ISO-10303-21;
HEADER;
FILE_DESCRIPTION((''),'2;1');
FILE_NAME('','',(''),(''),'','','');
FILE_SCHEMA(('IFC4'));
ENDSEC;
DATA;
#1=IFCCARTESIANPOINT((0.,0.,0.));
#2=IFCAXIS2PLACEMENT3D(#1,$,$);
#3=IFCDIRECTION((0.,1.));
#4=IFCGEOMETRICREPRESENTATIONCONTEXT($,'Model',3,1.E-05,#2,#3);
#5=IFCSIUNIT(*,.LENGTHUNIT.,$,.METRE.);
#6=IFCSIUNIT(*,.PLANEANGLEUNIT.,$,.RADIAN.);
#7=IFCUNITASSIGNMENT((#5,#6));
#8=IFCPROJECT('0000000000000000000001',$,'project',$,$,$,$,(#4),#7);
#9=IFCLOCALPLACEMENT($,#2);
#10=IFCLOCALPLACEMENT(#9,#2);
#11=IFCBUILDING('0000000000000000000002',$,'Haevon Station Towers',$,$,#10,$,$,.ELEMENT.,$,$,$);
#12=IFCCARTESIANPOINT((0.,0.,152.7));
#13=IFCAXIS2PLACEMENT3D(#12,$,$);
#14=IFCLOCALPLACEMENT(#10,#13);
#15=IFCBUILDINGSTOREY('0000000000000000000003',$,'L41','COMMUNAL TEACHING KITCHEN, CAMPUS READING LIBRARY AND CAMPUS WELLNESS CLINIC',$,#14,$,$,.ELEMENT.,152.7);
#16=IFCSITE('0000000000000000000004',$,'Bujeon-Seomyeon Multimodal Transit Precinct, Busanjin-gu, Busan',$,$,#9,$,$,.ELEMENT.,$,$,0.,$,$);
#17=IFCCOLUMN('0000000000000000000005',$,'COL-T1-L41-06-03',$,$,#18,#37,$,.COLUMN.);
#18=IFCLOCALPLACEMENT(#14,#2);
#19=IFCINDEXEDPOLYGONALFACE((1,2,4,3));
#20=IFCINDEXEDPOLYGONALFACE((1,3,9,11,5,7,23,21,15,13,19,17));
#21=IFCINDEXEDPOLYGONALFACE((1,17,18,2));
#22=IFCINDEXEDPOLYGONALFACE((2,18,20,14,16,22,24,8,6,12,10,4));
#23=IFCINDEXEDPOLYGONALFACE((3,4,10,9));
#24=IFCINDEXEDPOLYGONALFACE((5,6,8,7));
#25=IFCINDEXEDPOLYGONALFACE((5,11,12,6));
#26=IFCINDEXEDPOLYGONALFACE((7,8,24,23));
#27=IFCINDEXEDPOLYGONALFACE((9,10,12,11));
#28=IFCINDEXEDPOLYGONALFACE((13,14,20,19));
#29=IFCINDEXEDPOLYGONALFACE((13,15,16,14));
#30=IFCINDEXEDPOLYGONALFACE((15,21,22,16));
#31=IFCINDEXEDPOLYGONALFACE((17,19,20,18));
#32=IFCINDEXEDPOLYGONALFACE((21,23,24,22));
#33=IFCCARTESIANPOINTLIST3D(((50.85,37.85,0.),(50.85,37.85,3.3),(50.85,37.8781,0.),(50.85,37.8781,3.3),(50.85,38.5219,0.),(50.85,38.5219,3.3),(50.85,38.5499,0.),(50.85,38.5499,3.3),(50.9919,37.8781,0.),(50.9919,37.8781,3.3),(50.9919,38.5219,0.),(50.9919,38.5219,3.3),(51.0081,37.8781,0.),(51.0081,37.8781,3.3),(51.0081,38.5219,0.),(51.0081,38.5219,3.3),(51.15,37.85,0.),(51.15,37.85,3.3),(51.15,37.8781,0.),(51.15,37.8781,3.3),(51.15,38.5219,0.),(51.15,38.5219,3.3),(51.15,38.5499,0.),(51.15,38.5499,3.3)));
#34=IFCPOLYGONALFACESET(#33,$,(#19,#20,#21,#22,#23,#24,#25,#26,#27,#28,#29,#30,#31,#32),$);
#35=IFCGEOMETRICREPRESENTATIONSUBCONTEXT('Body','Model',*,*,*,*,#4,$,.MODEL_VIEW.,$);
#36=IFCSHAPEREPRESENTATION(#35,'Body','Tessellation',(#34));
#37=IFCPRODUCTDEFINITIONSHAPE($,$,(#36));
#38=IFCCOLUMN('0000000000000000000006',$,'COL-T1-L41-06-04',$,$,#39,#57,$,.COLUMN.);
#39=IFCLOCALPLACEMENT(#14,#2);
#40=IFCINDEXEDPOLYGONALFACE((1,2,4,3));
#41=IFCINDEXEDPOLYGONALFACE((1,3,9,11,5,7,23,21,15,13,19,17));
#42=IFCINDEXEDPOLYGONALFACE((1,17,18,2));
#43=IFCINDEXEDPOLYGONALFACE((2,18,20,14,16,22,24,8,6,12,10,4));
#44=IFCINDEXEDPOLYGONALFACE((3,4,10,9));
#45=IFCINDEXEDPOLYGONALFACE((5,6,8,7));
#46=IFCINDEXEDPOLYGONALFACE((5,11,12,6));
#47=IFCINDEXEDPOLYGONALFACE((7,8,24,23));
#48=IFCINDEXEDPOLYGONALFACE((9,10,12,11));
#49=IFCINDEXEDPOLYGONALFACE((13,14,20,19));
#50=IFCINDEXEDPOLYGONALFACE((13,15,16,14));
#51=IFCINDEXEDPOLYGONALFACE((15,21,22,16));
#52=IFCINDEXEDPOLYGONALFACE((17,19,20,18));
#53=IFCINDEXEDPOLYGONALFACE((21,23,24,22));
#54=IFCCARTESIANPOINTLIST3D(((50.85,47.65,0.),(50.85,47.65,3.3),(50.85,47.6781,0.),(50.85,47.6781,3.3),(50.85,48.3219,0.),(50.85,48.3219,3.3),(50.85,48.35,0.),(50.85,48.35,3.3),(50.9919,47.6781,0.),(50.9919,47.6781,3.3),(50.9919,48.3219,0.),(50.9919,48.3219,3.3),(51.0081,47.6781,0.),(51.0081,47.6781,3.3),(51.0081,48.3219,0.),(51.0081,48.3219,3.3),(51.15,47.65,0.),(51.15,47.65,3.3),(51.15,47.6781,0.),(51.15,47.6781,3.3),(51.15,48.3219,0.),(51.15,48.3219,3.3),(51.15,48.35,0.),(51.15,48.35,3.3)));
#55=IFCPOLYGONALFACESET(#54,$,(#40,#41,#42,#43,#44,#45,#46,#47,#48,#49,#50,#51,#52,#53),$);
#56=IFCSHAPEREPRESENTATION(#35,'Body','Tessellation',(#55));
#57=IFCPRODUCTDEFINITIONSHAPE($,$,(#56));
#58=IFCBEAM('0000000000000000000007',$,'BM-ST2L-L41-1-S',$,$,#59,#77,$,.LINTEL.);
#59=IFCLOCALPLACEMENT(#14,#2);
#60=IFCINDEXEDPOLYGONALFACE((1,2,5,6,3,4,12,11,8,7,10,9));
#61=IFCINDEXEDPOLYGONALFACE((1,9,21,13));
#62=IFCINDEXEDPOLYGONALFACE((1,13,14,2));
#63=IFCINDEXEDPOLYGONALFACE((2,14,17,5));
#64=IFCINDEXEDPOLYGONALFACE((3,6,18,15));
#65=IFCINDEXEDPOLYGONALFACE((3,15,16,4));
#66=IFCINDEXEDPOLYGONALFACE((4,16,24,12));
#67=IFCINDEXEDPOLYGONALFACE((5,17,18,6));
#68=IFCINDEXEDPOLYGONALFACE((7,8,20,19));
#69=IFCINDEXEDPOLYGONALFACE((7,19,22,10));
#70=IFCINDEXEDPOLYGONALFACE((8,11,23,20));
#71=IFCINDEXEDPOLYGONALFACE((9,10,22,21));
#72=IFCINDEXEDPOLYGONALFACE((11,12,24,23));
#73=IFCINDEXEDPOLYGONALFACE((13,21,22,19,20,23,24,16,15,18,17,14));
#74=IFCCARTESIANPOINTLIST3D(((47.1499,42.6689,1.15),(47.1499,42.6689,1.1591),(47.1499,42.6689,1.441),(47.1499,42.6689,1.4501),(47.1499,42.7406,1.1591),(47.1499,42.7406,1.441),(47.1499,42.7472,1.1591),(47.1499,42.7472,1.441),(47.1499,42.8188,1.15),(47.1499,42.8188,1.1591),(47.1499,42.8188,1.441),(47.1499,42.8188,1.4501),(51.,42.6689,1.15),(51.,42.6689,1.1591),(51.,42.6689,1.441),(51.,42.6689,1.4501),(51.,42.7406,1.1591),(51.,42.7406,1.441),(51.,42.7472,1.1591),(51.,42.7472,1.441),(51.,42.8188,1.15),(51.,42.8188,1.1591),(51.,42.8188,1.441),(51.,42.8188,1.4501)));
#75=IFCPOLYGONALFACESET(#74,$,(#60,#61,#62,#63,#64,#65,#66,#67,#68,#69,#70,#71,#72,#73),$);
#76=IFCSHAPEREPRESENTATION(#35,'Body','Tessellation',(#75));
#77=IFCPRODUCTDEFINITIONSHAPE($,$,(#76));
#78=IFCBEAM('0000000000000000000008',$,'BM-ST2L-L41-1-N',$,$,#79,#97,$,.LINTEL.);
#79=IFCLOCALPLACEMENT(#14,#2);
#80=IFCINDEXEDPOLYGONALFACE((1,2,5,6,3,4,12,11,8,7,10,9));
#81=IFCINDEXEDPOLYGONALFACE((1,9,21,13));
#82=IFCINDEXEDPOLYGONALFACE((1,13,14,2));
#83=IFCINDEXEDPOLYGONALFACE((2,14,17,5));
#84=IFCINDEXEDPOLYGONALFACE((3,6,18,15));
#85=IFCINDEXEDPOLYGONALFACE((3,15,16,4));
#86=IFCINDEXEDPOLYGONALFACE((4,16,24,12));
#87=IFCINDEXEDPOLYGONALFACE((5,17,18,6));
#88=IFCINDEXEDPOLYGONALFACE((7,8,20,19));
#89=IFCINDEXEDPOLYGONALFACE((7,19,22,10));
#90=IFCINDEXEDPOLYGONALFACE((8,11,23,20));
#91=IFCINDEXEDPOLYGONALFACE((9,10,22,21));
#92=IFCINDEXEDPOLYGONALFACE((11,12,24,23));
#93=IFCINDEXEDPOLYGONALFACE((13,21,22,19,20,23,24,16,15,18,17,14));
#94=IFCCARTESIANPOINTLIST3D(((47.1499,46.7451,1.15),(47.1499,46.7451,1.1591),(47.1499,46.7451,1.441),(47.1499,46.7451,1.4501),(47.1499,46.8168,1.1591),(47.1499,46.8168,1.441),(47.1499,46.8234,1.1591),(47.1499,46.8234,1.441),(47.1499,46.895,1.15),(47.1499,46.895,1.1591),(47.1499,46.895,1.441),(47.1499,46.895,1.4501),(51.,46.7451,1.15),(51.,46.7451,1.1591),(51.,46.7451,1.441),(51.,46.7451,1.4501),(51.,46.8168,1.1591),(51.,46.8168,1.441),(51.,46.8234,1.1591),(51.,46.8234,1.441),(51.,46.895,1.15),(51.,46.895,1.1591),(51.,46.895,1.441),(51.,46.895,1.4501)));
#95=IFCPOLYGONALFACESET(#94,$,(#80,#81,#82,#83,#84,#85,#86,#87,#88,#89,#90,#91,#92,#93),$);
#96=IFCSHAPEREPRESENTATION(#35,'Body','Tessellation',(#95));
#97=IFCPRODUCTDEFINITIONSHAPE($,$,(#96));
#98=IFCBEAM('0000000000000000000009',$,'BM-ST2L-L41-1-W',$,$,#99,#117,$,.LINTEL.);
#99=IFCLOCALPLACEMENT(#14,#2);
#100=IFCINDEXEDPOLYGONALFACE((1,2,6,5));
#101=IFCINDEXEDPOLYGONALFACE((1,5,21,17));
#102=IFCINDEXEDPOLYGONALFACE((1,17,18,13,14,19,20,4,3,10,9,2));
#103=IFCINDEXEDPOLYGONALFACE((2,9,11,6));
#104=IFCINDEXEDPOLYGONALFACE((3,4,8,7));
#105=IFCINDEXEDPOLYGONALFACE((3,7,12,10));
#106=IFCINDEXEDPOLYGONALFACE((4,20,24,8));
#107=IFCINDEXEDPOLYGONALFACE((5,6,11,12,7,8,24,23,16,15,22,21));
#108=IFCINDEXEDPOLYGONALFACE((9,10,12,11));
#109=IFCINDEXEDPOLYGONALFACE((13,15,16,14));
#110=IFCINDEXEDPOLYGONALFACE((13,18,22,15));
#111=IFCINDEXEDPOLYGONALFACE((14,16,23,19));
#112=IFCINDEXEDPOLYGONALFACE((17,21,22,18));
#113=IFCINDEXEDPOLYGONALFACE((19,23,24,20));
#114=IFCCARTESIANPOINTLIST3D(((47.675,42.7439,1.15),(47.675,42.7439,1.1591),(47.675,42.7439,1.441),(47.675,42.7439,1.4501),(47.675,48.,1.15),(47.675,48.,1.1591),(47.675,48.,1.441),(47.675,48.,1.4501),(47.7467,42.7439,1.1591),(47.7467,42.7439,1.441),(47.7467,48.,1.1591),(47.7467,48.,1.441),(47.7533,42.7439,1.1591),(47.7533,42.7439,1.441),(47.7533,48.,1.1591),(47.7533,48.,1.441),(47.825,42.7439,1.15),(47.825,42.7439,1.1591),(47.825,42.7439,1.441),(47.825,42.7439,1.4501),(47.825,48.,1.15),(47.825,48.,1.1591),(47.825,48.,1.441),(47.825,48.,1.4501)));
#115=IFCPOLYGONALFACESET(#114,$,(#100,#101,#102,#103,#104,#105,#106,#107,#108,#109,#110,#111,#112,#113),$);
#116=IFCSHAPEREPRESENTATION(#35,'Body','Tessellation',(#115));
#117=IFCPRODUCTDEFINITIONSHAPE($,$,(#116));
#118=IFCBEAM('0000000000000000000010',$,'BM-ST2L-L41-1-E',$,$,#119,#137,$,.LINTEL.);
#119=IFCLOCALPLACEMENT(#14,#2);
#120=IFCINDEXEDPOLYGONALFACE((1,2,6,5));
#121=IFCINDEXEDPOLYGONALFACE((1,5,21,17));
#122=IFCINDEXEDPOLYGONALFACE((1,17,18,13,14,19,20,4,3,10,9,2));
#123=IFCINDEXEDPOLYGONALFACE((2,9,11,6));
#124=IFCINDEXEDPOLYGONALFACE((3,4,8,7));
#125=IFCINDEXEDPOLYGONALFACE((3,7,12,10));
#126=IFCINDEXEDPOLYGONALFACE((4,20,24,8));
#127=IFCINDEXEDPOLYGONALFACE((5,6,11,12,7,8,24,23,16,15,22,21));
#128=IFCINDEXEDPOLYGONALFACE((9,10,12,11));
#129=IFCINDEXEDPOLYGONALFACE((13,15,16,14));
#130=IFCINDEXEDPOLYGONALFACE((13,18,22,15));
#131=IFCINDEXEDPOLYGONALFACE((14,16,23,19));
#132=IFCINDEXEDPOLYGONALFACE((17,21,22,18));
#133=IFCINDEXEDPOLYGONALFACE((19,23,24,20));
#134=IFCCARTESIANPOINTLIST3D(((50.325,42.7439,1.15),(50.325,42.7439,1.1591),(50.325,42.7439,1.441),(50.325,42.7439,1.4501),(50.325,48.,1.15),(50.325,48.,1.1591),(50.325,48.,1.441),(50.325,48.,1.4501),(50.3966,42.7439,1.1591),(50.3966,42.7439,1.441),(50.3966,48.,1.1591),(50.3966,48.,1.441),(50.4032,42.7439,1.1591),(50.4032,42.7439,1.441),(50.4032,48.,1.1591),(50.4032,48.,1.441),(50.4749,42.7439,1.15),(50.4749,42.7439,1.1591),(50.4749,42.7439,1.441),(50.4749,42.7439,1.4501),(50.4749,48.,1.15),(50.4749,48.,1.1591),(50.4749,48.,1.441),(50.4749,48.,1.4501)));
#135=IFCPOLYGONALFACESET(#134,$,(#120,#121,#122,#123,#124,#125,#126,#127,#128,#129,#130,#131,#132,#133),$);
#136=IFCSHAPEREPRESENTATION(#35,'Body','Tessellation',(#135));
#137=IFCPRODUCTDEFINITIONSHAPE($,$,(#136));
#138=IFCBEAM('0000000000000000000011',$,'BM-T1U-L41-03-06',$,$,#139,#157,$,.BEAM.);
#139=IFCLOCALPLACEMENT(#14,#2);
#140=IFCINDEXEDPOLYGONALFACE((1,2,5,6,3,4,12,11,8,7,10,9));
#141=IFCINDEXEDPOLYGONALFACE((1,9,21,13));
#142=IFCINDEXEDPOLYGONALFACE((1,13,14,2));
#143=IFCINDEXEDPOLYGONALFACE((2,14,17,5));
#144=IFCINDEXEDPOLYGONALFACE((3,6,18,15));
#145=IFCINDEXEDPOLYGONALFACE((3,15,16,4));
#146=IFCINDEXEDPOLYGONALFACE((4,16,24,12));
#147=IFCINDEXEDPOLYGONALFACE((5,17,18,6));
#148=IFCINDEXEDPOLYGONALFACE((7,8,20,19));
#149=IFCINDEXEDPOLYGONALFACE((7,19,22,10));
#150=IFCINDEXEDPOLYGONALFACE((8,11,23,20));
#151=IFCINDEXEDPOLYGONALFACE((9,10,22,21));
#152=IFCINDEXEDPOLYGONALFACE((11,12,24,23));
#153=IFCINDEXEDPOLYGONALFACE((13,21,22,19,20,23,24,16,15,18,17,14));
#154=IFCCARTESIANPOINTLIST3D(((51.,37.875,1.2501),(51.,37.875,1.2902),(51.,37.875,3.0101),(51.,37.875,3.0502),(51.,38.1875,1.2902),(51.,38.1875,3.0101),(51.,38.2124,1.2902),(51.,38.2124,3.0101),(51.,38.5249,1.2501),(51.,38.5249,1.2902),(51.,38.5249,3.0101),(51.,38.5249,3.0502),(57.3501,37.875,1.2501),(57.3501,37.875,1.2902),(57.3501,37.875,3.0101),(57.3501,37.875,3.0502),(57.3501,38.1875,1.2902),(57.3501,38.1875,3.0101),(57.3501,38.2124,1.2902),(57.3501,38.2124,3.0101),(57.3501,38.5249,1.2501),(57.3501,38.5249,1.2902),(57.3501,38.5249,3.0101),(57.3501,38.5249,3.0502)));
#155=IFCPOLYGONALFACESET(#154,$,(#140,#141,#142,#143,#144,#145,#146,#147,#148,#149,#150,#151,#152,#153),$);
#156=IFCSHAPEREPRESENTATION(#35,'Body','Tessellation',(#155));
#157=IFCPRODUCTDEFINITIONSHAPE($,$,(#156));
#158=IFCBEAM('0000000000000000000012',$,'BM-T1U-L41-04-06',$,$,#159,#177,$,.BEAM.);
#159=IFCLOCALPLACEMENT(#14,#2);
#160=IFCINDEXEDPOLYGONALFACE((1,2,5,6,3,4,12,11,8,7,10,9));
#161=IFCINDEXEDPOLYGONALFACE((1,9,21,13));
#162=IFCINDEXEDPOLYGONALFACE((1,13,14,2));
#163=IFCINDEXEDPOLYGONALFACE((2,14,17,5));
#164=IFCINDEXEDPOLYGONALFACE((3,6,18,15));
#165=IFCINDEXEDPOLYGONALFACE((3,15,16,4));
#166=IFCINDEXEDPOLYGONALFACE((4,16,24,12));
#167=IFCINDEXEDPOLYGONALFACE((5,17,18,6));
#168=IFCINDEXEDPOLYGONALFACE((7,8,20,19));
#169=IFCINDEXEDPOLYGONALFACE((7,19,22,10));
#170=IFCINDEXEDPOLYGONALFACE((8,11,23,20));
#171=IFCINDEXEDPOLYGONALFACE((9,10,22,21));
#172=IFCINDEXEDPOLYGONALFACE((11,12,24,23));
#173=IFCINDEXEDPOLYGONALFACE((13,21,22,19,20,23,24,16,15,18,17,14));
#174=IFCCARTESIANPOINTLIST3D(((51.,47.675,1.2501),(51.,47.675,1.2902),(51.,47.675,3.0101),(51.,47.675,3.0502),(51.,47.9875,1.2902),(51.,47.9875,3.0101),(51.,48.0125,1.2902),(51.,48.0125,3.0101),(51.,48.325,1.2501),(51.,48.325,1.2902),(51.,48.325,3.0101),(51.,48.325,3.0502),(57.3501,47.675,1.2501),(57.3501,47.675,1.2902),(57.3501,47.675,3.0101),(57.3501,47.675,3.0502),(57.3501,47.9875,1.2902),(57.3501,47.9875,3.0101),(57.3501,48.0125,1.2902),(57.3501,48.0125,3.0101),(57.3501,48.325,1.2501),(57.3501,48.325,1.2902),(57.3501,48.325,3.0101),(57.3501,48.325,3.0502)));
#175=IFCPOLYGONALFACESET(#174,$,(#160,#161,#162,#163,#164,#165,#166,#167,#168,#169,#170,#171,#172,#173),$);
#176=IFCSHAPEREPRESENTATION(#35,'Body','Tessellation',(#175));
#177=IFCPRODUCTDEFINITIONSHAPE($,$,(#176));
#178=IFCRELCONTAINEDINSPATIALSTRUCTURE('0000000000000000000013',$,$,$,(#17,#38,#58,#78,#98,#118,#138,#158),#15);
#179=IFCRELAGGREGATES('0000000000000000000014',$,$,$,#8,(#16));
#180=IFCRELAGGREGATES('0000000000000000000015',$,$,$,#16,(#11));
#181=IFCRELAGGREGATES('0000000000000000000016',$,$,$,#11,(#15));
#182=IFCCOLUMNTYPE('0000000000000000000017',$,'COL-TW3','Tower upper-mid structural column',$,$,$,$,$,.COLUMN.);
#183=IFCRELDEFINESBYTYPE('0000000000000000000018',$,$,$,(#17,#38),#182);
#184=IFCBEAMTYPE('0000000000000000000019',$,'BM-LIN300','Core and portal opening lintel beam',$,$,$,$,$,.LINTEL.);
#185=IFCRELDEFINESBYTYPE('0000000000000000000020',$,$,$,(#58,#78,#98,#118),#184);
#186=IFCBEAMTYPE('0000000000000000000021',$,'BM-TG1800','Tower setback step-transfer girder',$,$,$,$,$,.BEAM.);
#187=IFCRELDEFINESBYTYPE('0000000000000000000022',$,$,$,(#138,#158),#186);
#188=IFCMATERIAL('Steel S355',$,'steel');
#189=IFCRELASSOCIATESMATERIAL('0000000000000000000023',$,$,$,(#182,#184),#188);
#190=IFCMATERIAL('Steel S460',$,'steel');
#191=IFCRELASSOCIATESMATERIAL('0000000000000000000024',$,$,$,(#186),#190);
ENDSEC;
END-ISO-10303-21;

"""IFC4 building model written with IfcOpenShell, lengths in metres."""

from ifc_helpers import new_model, si_unit, direction, frame, origin, origin_2d, place, context, subcontext, project, spatial, i_section, extrude, material, material_profile, profile_set, type_object, element, save


model = new_model("IFC4")

# Units and contexts
model_context = context("Model", 3, precision=1e-05, world=origin(), true_north=direction((0.0, 1.0)))
body_context = subcontext(model_context, "Body", "Model", "MODEL_VIEW")
ifc_project = project(units=[si_unit("LENGTHUNIT", "METRE"), si_unit("PLANEANGLEUNIT", "RADIAN")], contexts=[model_context])

# Site, building, storey
site_placement = place(None, origin())
site = spatial("IfcSite", under=ifc_project, at=site_placement, Name="Bujeon-Seomyeon Multimodal Transit Precinct, Busanjin-gu, Busan", CompositionType="ELEMENT", RefElevation=0.0)
building_placement = place(site_placement, origin())
building = spatial("IfcBuilding", under=site, at=building_placement, Name="Haevon Station Towers", CompositionType="ELEMENT")
storey_placement = place(building_placement, frame((0.0, 0.0, 152.7)))
storey = spatial("IfcBuildingStorey", under=building, at=storey_placement, Name="L41", Description="COMMUNAL TEACHING KITCHEN, CAMPUS READING LIBRARY AND CAMPUS WELLNESS CLINIC", CompositionType="ELEMENT", Elevation=152.7)

# Columns
ifc_material_1 = material(Name="Steel S355", Category="steel")
ifc_material_profile_1 = material_profile(ifc_material_1, i_section(OverallWidth=0.3, OverallDepth=0.7, WebThickness=0.0161, FlangeThickness=0.0281, at=origin_2d()), Name="H-700x300x16x28")
ifc_profile_set_1 = profile_set([ifc_material_profile_1], Name="Steel S355")
column_type = type_object("IfcColumnType", Name="COL-TW3", Description="Tower upper-mid structural column", PredefinedType="COLUMN", material=ifc_profile_set_1)
for number, where, z_axis, x_axis, name in (
    (1, (51.0, 38.2, 0.0), (0.0, 0.0, 1.0), (1.0, 0.0, 0.0), "COL-T1-L41-06-03"),
    (2, (51.0, 48.0, 0.0), (0.0, 0.0, 1.0), (1.0, 0.0, 0.0), "COL-T1-L41-06-04"),
):
    element("IfcColumn", number, at=place(storey_placement, frame(where, z_axis=z_axis, x_axis=x_axis)), inside=storey, type_object=column_type, Name=name, PredefinedType="COLUMN", context=body_context, shape_type="SweptSolid", body=[
        extrude(i_section(OverallWidth=0.3, OverallDepth=0.7, WebThickness=0.0161, FlangeThickness=0.0281, at=origin_2d()), origin(), (0.0, 0.0, 1.0), 3.3),
    ])

# Beams
ifc_material_profile_2 = material_profile(ifc_material_1, i_section(OverallWidth=0.1499, OverallDepth=0.3, WebThickness=0.0066, FlangeThickness=0.009, at=origin_2d()), Name="H-300x150x6.5x9")
ifc_profile_set_2 = profile_set([ifc_material_profile_2], Name="Steel S355")
beam_type_1 = type_object("IfcBeamType", Name="BM-LIN300", Description="Core and portal opening lintel beam", PredefinedType="LINTEL", material=ifc_profile_set_2)
for number, where, z_axis, x_axis, name in (
    (3, (47.1499, 42.7439, 1.3), (1.0, 0.0, 0.0), (0.0, 1.0, 0.0), "BM-ST2L-L41-1-S"),
    (4, (47.1499, 46.8201, 1.3), (1.0, 0.0, 0.0), (0.0, 1.0, 0.0), "BM-ST2L-L41-1-N"),
):
    element("IfcBeam", number, at=place(storey_placement, frame(where, z_axis=z_axis, x_axis=x_axis)), inside=storey, type_object=beam_type_1, Name=name, PredefinedType="LINTEL", context=body_context, shape_type="SweptSolid", body=[
        extrude(i_section(OverallWidth=0.1499, OverallDepth=0.3, WebThickness=0.0066, FlangeThickness=0.009, at=origin_2d()), origin(), (0.0, 0.0, 1.0), 3.8501),
    ])
for number, where, z_axis, x_axis, name in (
    (5, (47.75, 42.7439, 1.3), (0.0, 1.0, 0.0), (-1.0, 0.0, 0.0), "BM-ST2L-L41-1-W"),
    (6, (50.3999, 42.7439, 1.3), (0.0, 1.0, 0.0), (-1.0, 0.0, 0.0), "BM-ST2L-L41-1-E"),
):
    element("IfcBeam", number, at=place(storey_placement, frame(where, z_axis=z_axis, x_axis=x_axis)), inside=storey, type_object=beam_type_1, Name=name, PredefinedType="LINTEL", context=body_context, shape_type="SweptSolid", body=[
        extrude(i_section(OverallWidth=0.1499, OverallDepth=0.3, WebThickness=0.0066, FlangeThickness=0.009, at=origin_2d()), origin(), (0.0, 0.0, 1.0), 5.2561),
    ])
ifc_material_2 = material(Name="Steel S460", Category="steel")
ifc_material_profile_3 = material_profile(ifc_material_2, i_section(OverallWidth=0.6499, OverallDepth=1.8, WebThickness=0.0249, FlangeThickness=0.04, at=origin_2d()), Name="H-1800x650x25x40")
ifc_profile_set_3 = profile_set([ifc_material_profile_3], Name="Steel S460")
beam_type_2 = type_object("IfcBeamType", Name="BM-TG1800", Description="Tower setback step-transfer girder", PredefinedType="BEAM", material=ifc_profile_set_3)
for number, where, z_axis, x_axis, name in (
    (7, (51.0, 38.2, 2.1501), (1.0, 0.0, 0.0), (0.0, 1.0, 0.0), "BM-T1U-L41-03-06"),
    (8, (51.0, 48.0, 2.1501), (1.0, 0.0, 0.0), (0.0, 1.0, 0.0), "BM-T1U-L41-04-06"),
):
    element("IfcBeam", number, at=place(storey_placement, frame(where, z_axis=z_axis, x_axis=x_axis)), inside=storey, type_object=beam_type_2, Name=name, PredefinedType="BEAM", context=body_context, shape_type="SweptSolid", body=[
        extrude(i_section(OverallWidth=0.6499, OverallDepth=1.8, WebThickness=0.0249, FlangeThickness=0.04, at=origin_2d()), origin(), (0.0, 0.0, 1.0), 6.3501),
    ])

save(model, "model.ifc")
